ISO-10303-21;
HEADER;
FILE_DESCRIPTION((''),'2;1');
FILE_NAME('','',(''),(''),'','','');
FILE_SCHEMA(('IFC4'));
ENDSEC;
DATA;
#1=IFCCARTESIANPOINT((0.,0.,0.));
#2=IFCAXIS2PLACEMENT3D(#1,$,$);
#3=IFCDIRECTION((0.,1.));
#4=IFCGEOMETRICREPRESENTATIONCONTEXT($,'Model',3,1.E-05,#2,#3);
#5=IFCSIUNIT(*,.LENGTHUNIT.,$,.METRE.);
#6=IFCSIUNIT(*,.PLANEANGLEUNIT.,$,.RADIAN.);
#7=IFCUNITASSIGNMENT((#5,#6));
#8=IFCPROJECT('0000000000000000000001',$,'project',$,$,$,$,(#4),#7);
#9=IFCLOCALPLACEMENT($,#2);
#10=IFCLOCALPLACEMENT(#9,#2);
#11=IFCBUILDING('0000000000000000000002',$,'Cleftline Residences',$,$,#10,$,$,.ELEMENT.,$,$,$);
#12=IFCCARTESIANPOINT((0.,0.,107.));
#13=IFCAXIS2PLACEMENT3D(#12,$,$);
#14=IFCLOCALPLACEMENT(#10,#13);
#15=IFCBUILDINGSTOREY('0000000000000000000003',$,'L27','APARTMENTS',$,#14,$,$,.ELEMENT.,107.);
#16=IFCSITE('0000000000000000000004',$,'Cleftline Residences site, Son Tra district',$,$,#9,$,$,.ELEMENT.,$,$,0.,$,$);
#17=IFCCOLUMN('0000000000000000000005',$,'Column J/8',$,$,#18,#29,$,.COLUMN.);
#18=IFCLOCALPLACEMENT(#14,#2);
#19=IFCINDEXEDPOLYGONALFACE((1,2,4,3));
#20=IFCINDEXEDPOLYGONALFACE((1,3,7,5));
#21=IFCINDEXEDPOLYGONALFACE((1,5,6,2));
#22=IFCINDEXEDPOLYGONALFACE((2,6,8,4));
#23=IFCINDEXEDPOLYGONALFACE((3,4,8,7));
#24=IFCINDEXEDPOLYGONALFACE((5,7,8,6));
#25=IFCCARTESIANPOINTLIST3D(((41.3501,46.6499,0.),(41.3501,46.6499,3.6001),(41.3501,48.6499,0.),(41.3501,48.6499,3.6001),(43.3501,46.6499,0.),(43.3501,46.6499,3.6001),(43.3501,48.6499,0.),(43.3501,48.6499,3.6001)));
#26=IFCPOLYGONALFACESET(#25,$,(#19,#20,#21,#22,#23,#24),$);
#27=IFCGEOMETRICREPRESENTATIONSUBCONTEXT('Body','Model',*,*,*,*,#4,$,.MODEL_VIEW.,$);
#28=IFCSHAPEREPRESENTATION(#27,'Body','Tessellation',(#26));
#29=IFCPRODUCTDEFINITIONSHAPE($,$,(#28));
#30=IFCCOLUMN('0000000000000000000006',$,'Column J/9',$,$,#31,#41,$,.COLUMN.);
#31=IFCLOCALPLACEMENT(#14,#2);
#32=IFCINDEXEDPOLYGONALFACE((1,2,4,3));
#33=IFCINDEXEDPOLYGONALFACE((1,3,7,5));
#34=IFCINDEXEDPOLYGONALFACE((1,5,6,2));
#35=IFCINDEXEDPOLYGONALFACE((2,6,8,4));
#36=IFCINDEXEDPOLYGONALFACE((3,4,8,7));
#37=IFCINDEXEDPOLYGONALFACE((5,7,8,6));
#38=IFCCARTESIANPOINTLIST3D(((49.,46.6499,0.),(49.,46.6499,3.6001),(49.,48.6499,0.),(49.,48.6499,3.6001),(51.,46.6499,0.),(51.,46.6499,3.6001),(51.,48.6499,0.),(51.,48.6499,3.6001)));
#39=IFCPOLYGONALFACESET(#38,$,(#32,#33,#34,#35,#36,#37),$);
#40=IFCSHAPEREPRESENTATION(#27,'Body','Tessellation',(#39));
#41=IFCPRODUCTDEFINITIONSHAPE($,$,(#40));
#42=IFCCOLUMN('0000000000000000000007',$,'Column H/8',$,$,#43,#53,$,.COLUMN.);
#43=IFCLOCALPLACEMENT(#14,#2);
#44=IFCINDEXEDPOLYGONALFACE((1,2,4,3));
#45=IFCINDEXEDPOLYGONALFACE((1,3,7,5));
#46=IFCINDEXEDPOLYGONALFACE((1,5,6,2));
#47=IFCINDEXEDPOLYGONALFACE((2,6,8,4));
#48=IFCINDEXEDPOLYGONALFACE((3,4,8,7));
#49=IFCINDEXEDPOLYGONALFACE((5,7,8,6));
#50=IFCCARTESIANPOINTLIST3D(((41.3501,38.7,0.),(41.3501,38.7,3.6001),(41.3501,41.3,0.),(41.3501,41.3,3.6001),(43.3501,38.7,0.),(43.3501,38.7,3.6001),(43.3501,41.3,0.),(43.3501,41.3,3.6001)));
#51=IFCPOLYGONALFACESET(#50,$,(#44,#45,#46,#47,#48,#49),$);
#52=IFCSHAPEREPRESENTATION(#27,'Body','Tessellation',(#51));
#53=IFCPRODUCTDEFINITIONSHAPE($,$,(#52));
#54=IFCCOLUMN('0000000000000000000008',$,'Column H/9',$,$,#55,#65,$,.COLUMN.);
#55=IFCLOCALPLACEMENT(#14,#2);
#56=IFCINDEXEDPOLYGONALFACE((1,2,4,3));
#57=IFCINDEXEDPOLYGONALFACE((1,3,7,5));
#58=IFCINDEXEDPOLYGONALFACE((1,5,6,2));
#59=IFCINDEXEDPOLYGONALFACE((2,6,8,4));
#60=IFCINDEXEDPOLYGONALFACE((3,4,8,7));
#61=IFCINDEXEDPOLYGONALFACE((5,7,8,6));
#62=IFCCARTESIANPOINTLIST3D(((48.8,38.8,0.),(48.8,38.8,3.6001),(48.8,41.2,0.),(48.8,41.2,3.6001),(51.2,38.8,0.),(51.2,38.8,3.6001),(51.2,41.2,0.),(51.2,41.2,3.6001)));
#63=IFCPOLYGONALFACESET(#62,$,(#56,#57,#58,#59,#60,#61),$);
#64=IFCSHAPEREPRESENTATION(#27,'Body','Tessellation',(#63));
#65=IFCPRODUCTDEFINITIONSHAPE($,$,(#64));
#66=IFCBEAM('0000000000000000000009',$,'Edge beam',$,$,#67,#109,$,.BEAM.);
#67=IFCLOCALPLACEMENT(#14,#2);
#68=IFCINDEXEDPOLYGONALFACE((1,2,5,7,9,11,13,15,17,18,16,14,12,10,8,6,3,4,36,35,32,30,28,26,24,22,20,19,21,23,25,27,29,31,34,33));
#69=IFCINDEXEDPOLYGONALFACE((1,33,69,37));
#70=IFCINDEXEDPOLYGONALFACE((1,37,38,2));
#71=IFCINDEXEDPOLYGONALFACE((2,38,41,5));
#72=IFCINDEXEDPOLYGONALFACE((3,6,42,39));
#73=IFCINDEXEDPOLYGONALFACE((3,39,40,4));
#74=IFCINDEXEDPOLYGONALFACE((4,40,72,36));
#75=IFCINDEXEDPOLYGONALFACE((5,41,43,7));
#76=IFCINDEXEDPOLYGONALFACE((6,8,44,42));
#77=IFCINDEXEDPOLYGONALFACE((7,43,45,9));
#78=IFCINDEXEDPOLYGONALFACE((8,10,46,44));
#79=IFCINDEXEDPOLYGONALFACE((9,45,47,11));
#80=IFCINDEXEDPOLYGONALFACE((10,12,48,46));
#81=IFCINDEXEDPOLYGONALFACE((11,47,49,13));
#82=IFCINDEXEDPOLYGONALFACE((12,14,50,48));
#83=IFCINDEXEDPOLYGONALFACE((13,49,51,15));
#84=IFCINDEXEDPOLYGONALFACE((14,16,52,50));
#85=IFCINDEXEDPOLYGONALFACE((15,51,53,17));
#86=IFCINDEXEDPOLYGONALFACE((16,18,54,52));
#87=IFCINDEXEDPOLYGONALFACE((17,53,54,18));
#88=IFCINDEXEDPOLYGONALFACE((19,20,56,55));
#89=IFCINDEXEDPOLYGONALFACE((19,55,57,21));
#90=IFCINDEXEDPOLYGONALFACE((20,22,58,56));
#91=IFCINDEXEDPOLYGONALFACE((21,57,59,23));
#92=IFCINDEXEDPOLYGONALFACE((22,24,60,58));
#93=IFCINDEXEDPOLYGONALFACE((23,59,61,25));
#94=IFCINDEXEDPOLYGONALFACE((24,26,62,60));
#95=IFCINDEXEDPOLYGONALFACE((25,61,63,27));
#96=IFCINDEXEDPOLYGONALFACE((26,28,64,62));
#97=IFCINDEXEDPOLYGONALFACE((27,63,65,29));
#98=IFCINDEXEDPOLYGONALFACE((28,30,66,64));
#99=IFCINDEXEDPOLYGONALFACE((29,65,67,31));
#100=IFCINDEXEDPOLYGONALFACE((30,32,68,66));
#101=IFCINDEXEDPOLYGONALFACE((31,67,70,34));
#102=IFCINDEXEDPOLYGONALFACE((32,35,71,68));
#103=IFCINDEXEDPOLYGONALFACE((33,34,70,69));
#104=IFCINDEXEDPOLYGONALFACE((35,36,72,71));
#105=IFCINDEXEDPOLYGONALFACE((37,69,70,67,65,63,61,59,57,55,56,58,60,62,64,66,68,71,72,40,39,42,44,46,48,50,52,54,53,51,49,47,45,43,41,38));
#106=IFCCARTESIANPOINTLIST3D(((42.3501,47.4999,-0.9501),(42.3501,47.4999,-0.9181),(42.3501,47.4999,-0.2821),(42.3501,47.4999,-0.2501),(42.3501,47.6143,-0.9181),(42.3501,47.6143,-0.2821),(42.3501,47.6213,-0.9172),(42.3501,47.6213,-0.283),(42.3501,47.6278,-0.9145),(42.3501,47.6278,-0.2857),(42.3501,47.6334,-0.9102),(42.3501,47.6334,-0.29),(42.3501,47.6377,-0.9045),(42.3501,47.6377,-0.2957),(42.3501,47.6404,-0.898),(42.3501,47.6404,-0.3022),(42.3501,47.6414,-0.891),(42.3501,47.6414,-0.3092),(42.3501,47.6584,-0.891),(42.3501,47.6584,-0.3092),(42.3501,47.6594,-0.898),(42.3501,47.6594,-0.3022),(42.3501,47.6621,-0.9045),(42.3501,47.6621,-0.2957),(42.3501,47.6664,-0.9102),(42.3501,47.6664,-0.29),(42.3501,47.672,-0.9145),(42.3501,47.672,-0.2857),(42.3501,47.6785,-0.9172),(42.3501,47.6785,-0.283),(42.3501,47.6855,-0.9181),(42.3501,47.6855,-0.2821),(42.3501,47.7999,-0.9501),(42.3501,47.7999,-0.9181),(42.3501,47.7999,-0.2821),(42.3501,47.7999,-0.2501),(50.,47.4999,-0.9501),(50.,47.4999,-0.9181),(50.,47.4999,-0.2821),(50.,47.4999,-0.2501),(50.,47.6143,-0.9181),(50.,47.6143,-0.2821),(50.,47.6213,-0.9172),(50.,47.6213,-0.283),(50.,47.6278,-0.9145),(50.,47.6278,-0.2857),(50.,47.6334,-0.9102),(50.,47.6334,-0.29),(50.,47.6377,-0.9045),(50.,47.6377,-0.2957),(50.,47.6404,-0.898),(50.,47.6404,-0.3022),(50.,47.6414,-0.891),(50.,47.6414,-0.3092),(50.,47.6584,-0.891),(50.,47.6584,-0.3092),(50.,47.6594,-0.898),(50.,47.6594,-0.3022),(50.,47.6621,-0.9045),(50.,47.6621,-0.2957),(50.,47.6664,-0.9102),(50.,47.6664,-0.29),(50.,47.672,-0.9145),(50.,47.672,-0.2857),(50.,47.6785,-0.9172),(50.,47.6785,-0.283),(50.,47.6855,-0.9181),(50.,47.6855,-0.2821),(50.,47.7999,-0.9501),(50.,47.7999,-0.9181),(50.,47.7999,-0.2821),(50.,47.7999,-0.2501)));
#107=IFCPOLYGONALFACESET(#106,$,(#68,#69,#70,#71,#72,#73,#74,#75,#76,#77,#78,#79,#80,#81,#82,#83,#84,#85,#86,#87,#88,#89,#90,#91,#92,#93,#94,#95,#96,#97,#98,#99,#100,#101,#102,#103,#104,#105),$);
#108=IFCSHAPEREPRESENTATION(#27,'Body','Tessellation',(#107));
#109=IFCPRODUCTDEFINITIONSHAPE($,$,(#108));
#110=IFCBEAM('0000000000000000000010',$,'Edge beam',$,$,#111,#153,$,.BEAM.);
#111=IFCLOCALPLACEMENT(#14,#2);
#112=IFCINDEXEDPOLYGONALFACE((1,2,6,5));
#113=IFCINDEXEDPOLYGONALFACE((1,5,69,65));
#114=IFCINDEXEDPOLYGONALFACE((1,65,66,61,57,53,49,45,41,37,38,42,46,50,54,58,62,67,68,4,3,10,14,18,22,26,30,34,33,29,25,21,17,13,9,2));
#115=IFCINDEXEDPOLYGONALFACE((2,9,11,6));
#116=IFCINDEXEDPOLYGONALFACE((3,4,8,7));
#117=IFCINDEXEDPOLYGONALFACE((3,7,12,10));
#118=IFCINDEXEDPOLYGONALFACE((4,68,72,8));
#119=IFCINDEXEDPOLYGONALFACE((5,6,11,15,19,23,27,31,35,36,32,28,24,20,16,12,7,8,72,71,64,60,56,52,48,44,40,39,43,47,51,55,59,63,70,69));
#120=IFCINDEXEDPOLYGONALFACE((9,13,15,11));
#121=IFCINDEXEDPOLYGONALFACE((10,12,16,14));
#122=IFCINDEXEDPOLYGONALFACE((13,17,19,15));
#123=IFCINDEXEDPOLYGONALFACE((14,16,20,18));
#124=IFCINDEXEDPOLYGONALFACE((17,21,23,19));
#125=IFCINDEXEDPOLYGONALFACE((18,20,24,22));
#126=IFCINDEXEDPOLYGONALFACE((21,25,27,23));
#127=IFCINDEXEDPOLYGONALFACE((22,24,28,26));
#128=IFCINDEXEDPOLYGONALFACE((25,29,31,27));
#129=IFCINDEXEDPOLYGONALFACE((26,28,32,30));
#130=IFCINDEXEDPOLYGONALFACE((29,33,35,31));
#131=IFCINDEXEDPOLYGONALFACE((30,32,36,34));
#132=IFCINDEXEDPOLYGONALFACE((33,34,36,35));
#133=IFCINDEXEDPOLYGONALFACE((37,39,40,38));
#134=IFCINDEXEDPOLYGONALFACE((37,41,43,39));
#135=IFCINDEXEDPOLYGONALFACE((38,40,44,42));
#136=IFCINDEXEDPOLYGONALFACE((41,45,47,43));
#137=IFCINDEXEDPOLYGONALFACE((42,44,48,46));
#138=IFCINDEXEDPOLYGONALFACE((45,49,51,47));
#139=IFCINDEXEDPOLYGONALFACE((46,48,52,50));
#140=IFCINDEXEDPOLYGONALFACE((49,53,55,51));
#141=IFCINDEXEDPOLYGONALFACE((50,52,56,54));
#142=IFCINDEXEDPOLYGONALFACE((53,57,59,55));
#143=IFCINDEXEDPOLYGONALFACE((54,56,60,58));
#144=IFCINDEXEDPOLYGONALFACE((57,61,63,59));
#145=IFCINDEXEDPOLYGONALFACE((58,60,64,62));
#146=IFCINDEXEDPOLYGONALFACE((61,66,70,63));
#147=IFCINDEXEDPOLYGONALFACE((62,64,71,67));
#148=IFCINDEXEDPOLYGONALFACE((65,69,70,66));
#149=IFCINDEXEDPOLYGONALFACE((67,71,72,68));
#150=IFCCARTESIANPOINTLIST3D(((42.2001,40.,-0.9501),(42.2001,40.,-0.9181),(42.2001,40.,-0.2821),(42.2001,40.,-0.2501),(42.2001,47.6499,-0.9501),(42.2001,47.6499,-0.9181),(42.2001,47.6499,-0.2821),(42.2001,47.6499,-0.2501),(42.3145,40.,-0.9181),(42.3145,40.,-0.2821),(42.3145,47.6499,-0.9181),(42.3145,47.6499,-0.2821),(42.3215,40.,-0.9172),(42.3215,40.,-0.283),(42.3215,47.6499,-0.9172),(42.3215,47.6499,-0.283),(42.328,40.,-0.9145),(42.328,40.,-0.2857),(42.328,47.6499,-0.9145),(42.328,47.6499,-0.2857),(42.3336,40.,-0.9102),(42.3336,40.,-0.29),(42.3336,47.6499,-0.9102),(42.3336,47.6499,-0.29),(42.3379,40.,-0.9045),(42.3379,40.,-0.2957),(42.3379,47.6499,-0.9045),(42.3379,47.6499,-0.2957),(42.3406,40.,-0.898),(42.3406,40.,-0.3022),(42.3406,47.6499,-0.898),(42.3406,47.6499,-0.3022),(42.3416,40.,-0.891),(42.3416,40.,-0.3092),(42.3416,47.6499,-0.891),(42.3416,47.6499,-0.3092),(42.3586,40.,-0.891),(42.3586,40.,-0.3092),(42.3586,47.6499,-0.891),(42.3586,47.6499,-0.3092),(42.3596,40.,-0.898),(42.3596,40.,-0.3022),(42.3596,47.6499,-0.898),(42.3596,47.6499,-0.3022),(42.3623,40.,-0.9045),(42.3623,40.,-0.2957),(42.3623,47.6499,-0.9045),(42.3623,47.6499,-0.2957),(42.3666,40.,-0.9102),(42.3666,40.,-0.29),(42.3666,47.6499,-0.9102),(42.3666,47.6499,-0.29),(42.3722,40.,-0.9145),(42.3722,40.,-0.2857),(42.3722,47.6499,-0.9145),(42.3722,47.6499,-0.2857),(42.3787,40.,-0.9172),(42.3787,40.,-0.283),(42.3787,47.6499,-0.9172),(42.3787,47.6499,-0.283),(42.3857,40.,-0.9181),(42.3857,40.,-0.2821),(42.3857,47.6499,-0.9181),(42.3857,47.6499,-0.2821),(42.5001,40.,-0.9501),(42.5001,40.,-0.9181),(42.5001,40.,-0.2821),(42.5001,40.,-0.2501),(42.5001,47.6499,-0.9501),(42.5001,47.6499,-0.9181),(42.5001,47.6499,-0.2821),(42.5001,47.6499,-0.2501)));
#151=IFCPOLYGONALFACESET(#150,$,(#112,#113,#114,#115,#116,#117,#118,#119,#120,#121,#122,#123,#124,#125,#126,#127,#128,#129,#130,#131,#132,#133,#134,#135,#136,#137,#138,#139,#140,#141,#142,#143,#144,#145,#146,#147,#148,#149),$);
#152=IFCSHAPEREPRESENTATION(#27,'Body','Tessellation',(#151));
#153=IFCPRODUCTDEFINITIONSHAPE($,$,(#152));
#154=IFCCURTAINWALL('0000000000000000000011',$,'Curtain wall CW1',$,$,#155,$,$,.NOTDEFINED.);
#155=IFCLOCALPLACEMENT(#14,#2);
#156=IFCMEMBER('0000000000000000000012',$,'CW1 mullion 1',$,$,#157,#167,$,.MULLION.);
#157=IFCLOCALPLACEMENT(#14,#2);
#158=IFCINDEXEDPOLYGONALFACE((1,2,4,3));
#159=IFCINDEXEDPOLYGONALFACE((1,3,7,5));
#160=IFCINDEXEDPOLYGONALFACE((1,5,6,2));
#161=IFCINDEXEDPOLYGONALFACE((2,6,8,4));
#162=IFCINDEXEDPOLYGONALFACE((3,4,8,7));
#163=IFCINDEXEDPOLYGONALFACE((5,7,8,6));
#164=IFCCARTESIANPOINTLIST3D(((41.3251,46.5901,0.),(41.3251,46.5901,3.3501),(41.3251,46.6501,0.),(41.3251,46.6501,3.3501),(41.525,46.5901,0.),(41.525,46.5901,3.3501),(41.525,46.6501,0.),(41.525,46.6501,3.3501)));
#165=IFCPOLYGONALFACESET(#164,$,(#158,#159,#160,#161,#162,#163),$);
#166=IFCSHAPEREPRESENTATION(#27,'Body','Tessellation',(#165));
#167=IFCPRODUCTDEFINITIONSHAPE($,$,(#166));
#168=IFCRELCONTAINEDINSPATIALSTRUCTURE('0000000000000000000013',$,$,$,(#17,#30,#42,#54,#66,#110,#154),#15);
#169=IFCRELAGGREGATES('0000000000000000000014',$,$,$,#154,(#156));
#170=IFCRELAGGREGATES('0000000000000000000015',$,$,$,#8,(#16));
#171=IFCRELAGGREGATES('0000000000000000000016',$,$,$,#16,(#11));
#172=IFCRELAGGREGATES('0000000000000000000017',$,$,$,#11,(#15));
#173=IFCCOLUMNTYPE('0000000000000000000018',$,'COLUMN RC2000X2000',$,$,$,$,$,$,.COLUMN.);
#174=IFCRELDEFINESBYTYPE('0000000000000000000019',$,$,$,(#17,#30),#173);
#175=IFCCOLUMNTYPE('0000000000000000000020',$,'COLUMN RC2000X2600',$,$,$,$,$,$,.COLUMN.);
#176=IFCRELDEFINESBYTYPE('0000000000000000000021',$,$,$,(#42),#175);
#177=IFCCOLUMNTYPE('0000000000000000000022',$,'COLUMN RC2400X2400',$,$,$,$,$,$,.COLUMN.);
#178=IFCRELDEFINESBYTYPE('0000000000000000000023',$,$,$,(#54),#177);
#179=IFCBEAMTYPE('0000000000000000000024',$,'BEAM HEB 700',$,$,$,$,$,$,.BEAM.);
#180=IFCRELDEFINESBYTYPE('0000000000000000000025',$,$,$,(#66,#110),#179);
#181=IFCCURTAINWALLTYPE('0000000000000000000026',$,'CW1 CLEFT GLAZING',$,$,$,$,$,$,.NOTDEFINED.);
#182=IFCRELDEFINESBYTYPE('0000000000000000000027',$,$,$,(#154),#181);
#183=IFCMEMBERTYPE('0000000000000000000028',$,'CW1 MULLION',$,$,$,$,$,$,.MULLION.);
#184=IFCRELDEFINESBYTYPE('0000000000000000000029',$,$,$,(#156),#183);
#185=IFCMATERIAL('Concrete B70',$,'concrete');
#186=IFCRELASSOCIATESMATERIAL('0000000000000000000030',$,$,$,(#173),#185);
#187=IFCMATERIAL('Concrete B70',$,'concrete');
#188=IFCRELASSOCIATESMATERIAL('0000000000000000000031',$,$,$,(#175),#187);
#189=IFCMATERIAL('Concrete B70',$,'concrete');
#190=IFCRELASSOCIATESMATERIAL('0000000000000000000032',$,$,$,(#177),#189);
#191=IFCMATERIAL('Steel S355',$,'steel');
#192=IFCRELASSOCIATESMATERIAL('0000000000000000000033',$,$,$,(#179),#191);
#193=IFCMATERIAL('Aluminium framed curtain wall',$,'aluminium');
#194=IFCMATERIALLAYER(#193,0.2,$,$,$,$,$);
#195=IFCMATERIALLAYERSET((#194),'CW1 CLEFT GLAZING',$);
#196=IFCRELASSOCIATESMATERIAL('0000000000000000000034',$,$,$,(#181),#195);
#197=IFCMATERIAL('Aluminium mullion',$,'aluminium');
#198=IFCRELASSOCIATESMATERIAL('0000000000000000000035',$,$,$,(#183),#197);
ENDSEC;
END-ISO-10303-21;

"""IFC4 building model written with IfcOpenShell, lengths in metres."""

from ifc_helpers import new_model, si_unit, direction, frame, origin, origin_2d, place, context, subcontext, project, spatial, rectangle, i_section, extrude, material, layer, layer_set, material_profile, profile_set, type_object, element, aggregate, save


model = new_model("IFC4")

# Units and contexts
model_context = context("Model", 3, precision=1e-05, world=origin(), true_north=direction((0.0, 1.0)))
body_context = subcontext(model_context, "Body", "Model", "MODEL_VIEW")
ifc_project = project(units=[si_unit("LENGTHUNIT", "METRE"), si_unit("PLANEANGLEUNIT", "RADIAN")], contexts=[model_context])

# Site, building, storey
site_placement = place(None, origin())
site = spatial("IfcSite", under=ifc_project, at=site_placement, Name="Cleftline Residences site, Son Tra district", CompositionType="ELEMENT", RefElevation=0.0)
building_placement = place(site_placement, origin())
building = spatial("IfcBuilding", under=site, at=building_placement, Name="Cleftline Residences", CompositionType="ELEMENT")
storey_placement = place(building_placement, frame((0.0, 0.0, 107.0)))
storey = spatial("IfcBuildingStorey", under=building, at=storey_placement, Name="L27", Description="APARTMENTS", CompositionType="ELEMENT", Elevation=107.0)

# Columns
ifc_material_1 = material(Name="Concrete B70", Category="concrete")
ifc_material_profile_1 = material_profile(ifc_material_1, rectangle(XDim=2.0, YDim=2.0, at=origin_2d()))
ifc_profile_set_1 = profile_set([ifc_material_profile_1], Name="Concrete B70")
column_type_1 = type_object("IfcColumnType", Name="COLUMN RC2000X2000", PredefinedType="COLUMN", material=ifc_profile_set_1)
for number, where, z_axis, x_axis, name in (
    (1, (42.3501, 47.6499, 0.0), (0.0, 0.0, 1.0), (1.0, 0.0, 0.0), "Column J/8"),
    (2, (50.0, 47.6499, 0.0), (0.0, 0.0, 1.0), (1.0, 0.0, 0.0), "Column J/9"),
):
    element("IfcColumn", number, at=place(storey_placement, frame(where, z_axis=z_axis, x_axis=x_axis)), inside=storey, type_object=column_type_1, Name=name, PredefinedType="COLUMN", context=body_context, shape_type="SweptSolid", body=[
        extrude(rectangle(XDim=2.0, YDim=2.0, at=origin_2d()), origin(), (0.0, 0.0, 1.0), 3.6001),
    ])
ifc_material_2 = material(Name="Concrete B70", Category="concrete")
ifc_material_profile_2 = material_profile(ifc_material_2, rectangle(XDim=2.0, YDim=2.6001, at=origin_2d()))
ifc_profile_set_2 = profile_set([ifc_material_profile_2], Name="Concrete B70")
column_type_2 = type_object("IfcColumnType", Name="COLUMN RC2000X2600", PredefinedType="COLUMN", material=ifc_profile_set_2)
column_1_placement = place(storey_placement, frame((42.3501, 40.0, 0.0), z_axis=(0.0, 0.0, 1.0), x_axis=(1.0, 0.0, 0.0)))
element("IfcColumn", 3, at=column_1_placement, inside=storey, type_object=column_type_2, Name="Column H/8", PredefinedType="COLUMN", context=body_context, shape_type="SweptSolid", body=[
    extrude(rectangle(XDim=2.0, YDim=2.6001, at=origin_2d()), origin(), (0.0, 0.0, 1.0), 3.6001),
])
ifc_material_3 = material(Name="Concrete B70", Category="concrete")
ifc_material_profile_3 = material_profile(ifc_material_3, rectangle(XDim=2.3999, YDim=2.3999, at=origin_2d()))
ifc_profile_set_3 = profile_set([ifc_material_profile_3], Name="Concrete B70")
column_type_3 = type_object("IfcColumnType", Name="COLUMN RC2400X2400", PredefinedType="COLUMN", material=ifc_profile_set_3)
column_2_placement = place(storey_placement, frame((50.0, 40.0, 0.0), z_axis=(0.0, 0.0, 1.0), x_axis=(1.0, 0.0, 0.0)))
element("IfcColumn", 4, at=column_2_placement, inside=storey, type_object=column_type_3, Name="Column H/9", PredefinedType="COLUMN", context=body_context, shape_type="SweptSolid", body=[
    extrude(rectangle(XDim=2.3999, YDim=2.3999, at=origin_2d()), origin(), (0.0, 0.0, 1.0), 3.6001),
])

# Beams
ifc_material_4 = material(Name="Steel S355", Category="steel")
ifc_material_profile_4 = material_profile(ifc_material_4, i_section(OverallWidth=0.3, OverallDepth=0.7, WebThickness=0.0171, FlangeThickness=0.032, FilletRadius=0.0271, at=origin_2d()))
ifc_profile_set_4 = profile_set([ifc_material_profile_4], Name="Steel S355")
beam_type = type_object("IfcBeamType", Name="BEAM HEB 700", PredefinedType="BEAM", material=ifc_profile_set_4)
for number, where, z_axis, x_axis, name in (
    (5, (50.0, 47.6499, -0.6001), (-1.0, 0.0, 0.0), (0.0, -1.0, 0.0), "Edge beam"),
    (6, (42.3501, 47.6499, -0.6001), (0.0, -1.0, 0.0), (1.0, 0.0, 0.0), "Edge beam"),
):
    element("IfcBeam", number, at=place(storey_placement, frame(where, z_axis=z_axis, x_axis=x_axis)), inside=storey, type_object=beam_type, Name=name, PredefinedType="BEAM", context=body_context, shape_type="SweptSolid", body=[
        extrude(i_section(OverallWidth=0.3, OverallDepth=0.7, WebThickness=0.0171, FlangeThickness=0.032, FilletRadius=0.0271, at=origin_2d()), origin(), (0.0, 0.0, 1.0), 7.6499),
    ])

# Curtain wall, member
ifc_material_5 = material(Name="Aluminium framed curtain wall", Category="aluminium")
ifc_layer_1 = layer(ifc_material_5, 0.2)
ifc_layer_set_1 = layer_set([ifc_layer_1], Name="CW1 CLEFT GLAZING")
curtain_wall_type = type_object("IfcCurtainWallType", Name="CW1 CLEFT GLAZING", PredefinedType="NOTDEFINED", material=ifc_layer_set_1)
curtain_wall_placement = place(storey_placement, origin())
curtain_wall = element("IfcCurtainWall", 7, at=curtain_wall_placement, inside=storey, type_object=curtain_wall_type, Name="Curtain wall CW1", PredefinedType="NOTDEFINED")
ifc_material_6 = material(Name="Aluminium mullion", Category="aluminium")
ifc_material_profile_5 = material_profile(ifc_material_6, rectangle(XDim=0.2, YDim=0.0601, at=origin_2d()))
ifc_profile_set_5 = profile_set([ifc_material_profile_5], Name="Aluminium mullion")
member_type = type_object("IfcMemberType", Name="CW1 MULLION", PredefinedType="MULLION", material=ifc_profile_set_5)
member_placement = place(storey_placement, frame((41.425, 46.6201, 0.0), z_axis=(0.0, 0.0, 1.0), x_axis=(1.0, 0.0, 0.0)))
member = element("IfcMember", 8, at=member_placement, type_object=member_type, Name="CW1 mullion 1", PredefinedType="MULLION", context=body_context, shape_type="SweptSolid", body=[
    extrude(rectangle(XDim=0.2, YDim=0.0601, at=origin_2d()), origin(), (0.0, 0.0, 1.0), 3.3501),
])
aggregate(curtain_wall, [member])

save(model, "model.ifc")
